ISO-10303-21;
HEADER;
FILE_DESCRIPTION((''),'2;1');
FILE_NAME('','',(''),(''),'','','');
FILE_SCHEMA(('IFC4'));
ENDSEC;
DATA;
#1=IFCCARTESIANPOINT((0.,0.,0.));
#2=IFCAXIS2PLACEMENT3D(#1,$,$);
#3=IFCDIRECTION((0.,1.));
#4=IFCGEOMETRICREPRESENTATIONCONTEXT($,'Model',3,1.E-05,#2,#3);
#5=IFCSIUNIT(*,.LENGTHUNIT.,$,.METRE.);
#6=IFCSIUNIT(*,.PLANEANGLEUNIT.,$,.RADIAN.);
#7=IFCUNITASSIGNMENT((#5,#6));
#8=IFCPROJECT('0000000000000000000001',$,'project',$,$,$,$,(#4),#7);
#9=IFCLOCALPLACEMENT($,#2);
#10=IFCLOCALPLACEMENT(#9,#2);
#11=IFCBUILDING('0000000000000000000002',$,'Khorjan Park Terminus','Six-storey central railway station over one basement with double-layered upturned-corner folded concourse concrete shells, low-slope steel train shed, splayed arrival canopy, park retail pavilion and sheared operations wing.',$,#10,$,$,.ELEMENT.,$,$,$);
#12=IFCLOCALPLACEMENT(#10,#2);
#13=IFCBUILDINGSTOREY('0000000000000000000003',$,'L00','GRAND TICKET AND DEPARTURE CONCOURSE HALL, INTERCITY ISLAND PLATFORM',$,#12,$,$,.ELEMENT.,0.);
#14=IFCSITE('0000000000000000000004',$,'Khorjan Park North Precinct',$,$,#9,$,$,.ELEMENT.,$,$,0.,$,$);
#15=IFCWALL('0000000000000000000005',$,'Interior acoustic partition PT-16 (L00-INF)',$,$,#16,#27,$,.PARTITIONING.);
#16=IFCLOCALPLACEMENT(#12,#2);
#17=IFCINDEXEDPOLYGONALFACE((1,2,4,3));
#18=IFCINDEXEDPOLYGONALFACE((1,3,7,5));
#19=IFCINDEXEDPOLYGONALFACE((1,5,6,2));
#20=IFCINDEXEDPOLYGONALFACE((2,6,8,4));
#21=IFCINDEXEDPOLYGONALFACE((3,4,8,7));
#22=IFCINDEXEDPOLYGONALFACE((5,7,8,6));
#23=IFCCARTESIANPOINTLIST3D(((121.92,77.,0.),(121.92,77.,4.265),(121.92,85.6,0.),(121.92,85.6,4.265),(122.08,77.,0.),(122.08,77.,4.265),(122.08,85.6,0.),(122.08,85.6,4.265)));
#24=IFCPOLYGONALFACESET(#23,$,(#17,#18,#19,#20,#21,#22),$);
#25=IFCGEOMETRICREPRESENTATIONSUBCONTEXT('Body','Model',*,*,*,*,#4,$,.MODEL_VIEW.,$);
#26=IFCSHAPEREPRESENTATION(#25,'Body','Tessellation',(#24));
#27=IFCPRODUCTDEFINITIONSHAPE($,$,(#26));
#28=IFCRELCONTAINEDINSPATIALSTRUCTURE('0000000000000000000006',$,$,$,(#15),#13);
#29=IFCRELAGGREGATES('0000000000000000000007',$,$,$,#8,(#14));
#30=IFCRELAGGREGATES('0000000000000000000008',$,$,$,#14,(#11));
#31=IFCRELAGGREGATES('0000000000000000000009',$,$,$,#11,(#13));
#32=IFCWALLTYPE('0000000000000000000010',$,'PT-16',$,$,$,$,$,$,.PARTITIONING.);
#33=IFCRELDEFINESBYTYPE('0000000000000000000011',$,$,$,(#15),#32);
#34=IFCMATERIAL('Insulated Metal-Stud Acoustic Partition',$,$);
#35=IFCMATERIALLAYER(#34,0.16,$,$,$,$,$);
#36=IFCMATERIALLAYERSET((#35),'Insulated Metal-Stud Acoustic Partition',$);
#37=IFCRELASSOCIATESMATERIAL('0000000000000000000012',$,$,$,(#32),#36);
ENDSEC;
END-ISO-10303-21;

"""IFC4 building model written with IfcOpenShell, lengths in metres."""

from ifc_helpers import new_model, si_unit, direction, frame, frame_2d, origin, place, context, subcontext, project, spatial, rectangle, extrude, material, layer, layer_set, type_object, element, save


model = new_model("IFC4")

# Units and contexts
model_context = context("Model", 3, precision=1e-05, world=origin(), true_north=direction((0.0, 1.0)))
body_context = subcontext(model_context, "Body", "Model", "MODEL_VIEW")
ifc_project = project(units=[si_unit("LENGTHUNIT", "METRE"), si_unit("PLANEANGLEUNIT", "RADIAN")], contexts=[model_context])

# Site, building, storey
site_placement = place(None, origin())
site = spatial("IfcSite", under=ifc_project, at=site_placement, Name="Khorjan Park North Precinct", CompositionType="ELEMENT", RefElevation=0.0)
building_placement = place(site_placement, origin())
building = spatial("IfcBuilding", under=site, at=building_placement, Name="Khorjan Park Terminus", Description="Six-storey central railway station over one basement with double-layered upturned-corner folded concourse concrete shells, low-slope steel train shed, splayed arrival canopy, park retail pavilion and sheared operations wing.", CompositionType="ELEMENT")
storey_placement = place(building_placement, origin())
storey = spatial("IfcBuildingStorey", under=building, at=storey_placement, Name="L00", Description="GRAND TICKET AND DEPARTURE CONCOURSE HALL, INTERCITY ISLAND PLATFORM", CompositionType="ELEMENT", Elevation=0.0)

# Shared definitions
ifc_material_1 = material(Name="Insulated Metal-Stud Acoustic Partition")
ifc_layer_1 = layer(ifc_material_1, 0.16)
ifc_layer_set_1 = layer_set([ifc_layer_1], Name="Insulated Metal-Stud Acoustic Partition")
wall_type_1 = type_object("IfcWallType", Name="PT-16", PredefinedType="PARTITIONING", material=ifc_layer_set_1)

# Wall
wall_1_placement = place(storey_placement, frame((122.0, 77.0, 0.0), z_axis=(0.0, 0.0, 1.0), x_axis=(0.0, 1.0, 0.0)))
element("IfcWall", 1, at=wall_1_placement, inside=storey, type_object=wall_type_1, Name="Interior acoustic partition PT-16 (L00-INF)", PredefinedType="PARTITIONING", context=body_context, shape_type="SweptSolid", body=[
    extrude(rectangle(XDim=8.6, YDim=0.16, at=frame_2d((4.3, 0.0))), origin(), (0.0, 0.0, 1.0), 4.265),
])

save(model, "model.ifc")
